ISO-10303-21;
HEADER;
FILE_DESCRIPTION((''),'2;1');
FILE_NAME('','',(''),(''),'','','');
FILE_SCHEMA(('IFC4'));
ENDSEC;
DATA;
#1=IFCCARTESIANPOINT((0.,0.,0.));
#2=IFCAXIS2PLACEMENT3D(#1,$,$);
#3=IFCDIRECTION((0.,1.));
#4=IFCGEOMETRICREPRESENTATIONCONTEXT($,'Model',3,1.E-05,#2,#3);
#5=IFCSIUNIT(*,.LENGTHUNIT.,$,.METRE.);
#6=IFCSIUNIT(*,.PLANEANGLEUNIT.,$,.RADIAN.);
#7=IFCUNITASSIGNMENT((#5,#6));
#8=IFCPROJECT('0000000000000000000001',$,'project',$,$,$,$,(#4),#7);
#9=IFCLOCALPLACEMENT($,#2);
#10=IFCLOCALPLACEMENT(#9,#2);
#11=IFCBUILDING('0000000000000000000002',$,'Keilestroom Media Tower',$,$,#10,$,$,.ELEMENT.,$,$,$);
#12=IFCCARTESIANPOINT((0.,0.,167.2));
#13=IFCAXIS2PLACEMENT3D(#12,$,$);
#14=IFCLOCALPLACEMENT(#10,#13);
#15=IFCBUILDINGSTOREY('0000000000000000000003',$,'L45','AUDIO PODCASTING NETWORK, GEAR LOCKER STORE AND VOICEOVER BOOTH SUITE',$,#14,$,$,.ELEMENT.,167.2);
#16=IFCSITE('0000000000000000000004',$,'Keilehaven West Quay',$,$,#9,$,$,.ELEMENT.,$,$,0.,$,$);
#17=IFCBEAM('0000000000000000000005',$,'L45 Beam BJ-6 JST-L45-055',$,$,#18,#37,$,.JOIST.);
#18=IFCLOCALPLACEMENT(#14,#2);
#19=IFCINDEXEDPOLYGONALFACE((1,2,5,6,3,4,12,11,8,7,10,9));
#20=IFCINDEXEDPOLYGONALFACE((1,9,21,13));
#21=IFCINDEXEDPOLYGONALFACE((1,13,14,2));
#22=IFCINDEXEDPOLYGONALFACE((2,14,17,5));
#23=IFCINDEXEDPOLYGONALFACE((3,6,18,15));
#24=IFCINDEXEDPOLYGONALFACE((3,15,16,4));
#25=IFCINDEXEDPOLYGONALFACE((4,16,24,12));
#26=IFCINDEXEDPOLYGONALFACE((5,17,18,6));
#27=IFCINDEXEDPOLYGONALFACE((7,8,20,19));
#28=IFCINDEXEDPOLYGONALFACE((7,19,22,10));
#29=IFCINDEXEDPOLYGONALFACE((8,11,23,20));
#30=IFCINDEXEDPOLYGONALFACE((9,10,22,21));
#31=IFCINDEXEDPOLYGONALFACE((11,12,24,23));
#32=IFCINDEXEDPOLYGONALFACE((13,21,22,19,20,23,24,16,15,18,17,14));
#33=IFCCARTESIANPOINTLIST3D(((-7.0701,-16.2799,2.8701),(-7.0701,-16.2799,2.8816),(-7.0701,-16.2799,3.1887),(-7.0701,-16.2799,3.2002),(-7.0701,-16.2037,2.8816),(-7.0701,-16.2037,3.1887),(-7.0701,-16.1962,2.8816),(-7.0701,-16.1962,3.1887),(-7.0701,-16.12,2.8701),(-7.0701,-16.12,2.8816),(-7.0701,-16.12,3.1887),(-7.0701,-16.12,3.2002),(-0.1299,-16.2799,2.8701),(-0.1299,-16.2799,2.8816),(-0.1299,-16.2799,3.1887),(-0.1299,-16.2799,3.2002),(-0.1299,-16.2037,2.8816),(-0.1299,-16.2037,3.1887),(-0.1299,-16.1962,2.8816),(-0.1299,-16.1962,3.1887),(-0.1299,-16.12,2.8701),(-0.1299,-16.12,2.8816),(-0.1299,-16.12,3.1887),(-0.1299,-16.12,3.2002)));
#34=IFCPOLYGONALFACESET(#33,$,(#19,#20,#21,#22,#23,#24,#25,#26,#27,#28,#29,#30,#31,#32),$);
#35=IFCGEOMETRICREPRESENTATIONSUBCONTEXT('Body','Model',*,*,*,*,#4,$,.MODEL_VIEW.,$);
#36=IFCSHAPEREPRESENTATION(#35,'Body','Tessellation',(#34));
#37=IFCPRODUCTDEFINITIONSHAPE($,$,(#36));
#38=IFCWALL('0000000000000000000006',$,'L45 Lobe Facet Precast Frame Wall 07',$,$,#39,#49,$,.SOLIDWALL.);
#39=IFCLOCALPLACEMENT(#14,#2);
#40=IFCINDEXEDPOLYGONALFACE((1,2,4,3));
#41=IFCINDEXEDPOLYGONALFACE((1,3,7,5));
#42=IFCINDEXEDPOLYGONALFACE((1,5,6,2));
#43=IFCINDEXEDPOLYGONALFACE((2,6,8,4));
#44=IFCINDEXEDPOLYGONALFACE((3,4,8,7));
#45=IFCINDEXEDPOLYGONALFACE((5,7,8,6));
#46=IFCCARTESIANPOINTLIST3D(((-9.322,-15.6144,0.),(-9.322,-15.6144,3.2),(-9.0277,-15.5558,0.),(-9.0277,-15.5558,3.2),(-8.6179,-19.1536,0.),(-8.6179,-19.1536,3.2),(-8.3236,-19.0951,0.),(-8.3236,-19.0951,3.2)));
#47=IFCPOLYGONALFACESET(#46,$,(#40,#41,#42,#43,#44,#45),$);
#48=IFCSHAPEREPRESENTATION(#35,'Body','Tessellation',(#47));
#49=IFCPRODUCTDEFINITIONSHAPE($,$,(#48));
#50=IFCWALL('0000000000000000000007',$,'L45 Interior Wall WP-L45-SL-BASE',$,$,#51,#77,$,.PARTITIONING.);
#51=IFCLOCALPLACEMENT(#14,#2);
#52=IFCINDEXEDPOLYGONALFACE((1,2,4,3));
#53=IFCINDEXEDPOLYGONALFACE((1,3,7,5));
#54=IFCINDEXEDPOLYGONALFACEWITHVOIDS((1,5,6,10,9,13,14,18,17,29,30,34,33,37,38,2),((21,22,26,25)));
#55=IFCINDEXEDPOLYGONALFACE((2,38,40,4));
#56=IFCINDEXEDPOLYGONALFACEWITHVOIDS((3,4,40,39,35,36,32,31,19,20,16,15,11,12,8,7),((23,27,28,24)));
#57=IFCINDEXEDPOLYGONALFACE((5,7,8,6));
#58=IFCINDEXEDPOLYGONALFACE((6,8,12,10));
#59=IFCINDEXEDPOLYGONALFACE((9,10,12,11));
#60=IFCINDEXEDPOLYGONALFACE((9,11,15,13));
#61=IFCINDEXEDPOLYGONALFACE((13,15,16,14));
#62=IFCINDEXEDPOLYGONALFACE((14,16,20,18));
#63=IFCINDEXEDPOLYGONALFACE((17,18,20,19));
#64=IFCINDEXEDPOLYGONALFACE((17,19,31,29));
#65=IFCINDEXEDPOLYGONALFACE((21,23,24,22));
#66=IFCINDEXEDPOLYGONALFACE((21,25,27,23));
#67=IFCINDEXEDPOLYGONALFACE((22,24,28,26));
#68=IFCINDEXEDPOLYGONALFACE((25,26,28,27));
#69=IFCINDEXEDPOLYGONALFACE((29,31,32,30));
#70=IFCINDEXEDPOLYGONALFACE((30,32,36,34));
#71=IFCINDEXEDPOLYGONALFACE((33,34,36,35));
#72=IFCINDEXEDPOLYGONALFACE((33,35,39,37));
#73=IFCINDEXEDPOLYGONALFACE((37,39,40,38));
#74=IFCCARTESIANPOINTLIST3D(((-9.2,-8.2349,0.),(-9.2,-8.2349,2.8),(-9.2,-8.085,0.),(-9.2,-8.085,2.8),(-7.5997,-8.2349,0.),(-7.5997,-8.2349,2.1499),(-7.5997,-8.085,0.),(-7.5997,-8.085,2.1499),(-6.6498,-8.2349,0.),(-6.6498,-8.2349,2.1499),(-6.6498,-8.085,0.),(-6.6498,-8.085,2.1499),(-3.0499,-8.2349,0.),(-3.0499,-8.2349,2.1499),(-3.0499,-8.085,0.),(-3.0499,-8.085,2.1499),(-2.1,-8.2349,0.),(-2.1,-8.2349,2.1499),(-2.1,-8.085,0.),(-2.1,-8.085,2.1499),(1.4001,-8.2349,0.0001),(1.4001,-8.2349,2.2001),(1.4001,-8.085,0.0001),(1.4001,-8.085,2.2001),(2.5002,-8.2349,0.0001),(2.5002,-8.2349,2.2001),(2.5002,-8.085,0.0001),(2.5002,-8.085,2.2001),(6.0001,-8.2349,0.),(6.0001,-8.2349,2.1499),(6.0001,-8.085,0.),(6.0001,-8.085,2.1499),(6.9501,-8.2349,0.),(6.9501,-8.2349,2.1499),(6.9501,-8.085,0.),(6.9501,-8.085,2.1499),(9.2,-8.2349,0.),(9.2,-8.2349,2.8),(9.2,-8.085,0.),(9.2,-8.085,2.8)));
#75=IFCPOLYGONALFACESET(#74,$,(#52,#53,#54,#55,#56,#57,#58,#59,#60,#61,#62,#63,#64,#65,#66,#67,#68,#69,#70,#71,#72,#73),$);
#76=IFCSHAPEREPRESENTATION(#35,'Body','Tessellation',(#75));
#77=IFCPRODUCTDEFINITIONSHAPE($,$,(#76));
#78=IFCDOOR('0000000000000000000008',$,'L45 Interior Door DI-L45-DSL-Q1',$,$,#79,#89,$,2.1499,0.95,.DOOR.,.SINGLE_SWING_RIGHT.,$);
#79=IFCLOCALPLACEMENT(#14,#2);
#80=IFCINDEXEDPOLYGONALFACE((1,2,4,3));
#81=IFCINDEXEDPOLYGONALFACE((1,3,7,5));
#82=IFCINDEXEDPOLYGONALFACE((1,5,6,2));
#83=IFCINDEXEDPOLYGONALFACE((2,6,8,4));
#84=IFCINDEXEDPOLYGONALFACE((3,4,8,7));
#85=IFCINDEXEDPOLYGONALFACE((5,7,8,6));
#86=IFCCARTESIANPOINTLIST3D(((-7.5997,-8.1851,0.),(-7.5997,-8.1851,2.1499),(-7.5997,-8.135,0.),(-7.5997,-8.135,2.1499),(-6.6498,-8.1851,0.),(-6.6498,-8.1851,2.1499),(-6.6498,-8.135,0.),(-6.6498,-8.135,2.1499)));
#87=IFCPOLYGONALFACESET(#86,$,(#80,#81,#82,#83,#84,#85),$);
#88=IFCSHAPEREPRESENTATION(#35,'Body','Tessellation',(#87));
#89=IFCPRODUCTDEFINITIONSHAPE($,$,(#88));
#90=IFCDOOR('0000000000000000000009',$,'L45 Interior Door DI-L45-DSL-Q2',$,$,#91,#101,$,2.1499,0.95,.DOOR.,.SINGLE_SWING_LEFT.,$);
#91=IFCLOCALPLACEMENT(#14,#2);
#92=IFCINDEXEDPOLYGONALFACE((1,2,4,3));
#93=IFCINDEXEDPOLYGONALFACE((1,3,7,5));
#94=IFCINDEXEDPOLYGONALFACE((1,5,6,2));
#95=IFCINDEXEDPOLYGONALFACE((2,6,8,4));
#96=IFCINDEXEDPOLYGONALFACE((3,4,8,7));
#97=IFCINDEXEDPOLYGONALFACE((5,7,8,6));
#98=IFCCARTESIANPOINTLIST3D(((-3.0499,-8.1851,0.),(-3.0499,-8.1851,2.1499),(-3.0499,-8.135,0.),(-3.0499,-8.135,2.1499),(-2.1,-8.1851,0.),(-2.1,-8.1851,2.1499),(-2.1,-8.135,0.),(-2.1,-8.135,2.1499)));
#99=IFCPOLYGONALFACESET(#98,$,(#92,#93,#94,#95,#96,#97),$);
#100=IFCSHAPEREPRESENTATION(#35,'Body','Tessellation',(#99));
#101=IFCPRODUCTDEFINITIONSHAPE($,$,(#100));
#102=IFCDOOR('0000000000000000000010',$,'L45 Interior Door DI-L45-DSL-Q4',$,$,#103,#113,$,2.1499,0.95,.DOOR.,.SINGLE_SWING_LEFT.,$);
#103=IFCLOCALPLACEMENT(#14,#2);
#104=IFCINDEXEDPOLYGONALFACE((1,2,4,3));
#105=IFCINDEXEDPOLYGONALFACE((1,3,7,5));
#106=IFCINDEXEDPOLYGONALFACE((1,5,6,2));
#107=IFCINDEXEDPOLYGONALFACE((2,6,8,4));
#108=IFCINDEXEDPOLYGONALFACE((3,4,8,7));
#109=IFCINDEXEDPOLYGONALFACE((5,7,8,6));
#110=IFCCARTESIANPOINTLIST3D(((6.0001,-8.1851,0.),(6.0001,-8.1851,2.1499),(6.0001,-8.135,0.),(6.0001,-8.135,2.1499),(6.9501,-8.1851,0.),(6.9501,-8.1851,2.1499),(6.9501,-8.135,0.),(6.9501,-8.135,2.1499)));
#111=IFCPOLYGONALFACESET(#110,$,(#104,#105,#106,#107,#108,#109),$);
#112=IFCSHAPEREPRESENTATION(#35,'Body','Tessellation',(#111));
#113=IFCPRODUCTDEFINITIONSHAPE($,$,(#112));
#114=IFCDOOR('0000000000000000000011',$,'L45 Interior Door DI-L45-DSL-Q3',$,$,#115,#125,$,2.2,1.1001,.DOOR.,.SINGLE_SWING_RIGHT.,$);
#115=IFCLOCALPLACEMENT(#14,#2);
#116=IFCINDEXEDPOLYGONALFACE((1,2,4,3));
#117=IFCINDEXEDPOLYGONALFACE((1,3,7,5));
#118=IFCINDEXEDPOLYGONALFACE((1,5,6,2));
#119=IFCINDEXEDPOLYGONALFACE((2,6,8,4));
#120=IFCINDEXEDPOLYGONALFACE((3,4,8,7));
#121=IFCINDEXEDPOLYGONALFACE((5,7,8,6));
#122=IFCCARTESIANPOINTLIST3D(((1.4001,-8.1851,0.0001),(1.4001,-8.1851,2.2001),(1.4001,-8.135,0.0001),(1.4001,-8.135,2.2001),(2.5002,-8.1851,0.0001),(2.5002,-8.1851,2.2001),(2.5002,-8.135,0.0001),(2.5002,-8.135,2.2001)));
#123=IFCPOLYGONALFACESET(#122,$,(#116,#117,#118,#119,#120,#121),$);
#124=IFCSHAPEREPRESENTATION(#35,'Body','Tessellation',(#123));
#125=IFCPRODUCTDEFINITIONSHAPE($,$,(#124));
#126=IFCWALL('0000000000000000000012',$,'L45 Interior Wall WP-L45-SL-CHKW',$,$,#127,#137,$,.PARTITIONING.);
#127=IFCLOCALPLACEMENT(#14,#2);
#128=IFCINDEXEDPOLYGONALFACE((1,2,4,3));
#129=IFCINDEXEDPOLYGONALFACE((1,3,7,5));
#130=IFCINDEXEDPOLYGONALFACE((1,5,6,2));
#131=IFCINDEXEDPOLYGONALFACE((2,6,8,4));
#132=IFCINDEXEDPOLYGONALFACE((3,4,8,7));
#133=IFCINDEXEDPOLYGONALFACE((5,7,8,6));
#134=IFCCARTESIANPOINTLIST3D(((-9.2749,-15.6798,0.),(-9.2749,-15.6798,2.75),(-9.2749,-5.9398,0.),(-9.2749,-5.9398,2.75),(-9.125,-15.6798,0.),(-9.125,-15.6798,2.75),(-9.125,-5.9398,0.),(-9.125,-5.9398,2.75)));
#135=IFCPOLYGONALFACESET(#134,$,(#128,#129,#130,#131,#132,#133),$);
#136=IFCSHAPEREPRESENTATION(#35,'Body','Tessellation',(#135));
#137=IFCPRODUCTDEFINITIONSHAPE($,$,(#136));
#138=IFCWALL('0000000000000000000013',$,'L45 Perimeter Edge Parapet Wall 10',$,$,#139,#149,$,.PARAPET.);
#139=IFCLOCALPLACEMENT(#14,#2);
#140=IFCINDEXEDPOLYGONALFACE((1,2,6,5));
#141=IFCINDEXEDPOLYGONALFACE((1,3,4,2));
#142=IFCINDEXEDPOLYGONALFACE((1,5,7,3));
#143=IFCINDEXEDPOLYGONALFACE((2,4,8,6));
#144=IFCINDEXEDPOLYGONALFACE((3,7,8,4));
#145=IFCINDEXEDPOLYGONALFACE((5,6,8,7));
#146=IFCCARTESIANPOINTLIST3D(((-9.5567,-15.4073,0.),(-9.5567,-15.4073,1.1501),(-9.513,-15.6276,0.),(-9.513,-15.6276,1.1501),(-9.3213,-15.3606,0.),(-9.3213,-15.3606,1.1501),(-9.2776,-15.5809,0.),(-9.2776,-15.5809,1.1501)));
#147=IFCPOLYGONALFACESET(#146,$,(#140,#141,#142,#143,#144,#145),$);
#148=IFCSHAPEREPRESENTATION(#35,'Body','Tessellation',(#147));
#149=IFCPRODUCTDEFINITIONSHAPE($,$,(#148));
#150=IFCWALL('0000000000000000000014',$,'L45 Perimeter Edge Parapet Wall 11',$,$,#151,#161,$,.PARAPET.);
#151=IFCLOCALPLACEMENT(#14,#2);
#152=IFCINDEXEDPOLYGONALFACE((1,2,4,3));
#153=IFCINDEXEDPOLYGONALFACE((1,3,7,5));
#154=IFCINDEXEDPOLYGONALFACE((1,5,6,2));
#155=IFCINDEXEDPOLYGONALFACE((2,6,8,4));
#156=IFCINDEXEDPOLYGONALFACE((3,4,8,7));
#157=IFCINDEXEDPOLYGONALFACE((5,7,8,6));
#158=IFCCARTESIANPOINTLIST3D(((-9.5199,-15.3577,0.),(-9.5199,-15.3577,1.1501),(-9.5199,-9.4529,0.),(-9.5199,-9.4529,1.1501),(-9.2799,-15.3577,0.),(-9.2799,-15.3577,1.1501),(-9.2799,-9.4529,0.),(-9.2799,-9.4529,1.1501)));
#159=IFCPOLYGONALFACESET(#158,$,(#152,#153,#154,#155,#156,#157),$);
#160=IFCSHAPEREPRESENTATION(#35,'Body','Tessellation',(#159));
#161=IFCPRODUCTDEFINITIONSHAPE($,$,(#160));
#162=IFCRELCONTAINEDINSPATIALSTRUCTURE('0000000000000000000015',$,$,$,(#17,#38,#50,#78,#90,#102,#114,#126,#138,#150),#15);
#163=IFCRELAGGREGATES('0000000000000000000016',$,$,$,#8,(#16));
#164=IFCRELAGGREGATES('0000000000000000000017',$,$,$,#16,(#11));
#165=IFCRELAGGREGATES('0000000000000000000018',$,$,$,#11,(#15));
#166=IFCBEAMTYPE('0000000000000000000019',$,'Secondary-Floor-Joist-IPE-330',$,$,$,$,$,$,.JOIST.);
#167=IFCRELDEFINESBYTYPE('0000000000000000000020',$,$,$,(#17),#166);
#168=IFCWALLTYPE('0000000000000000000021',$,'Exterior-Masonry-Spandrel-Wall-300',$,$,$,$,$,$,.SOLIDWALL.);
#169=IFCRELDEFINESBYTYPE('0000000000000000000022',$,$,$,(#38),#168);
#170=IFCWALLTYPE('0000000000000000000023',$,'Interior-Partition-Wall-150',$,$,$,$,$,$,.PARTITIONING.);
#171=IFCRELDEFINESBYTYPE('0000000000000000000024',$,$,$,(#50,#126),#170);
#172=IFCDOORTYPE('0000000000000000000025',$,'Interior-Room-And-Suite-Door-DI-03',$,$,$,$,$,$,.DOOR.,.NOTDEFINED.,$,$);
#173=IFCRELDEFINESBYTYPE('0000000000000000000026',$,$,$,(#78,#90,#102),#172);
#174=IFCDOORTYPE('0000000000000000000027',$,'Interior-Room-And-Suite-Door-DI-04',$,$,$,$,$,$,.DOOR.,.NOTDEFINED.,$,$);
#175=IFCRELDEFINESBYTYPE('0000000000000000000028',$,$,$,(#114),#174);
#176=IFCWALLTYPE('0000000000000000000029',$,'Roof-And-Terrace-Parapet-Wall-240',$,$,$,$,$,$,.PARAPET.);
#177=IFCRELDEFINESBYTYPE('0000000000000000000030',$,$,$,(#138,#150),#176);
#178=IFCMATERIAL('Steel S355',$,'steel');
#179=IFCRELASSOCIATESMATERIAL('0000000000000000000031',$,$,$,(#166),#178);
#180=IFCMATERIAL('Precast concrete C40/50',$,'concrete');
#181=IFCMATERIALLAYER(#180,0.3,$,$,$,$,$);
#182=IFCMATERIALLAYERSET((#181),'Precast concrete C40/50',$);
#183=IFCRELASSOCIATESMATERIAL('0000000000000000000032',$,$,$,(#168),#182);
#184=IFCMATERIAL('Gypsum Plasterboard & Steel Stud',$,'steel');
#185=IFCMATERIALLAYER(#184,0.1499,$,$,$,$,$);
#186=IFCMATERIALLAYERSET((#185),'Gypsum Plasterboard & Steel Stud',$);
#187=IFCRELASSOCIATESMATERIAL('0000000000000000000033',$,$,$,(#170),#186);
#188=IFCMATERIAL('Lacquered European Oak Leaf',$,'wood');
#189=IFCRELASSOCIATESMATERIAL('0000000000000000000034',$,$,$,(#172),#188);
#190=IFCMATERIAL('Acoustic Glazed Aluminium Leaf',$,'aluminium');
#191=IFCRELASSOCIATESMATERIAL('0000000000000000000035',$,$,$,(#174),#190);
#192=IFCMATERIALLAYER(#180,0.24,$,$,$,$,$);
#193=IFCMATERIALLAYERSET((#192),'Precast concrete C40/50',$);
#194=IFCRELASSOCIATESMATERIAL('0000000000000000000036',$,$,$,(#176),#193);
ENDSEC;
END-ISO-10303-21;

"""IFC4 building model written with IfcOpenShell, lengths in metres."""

from ifc_helpers import new_model, si_unit, direction, frame, frame_2d, origin, origin_2d, place, context, subcontext, project, spatial, rectangle, i_section, extrude, source, transform, mapped, material, layer, layer_set, material_profile, profile_set, type_object, element, fill, save


model = new_model("IFC4")

# Units and contexts
model_context = context("Model", 3, precision=1e-05, world=origin(), true_north=direction((0.0, 1.0)))
body_context = subcontext(model_context, "Body", "Model", "MODEL_VIEW")
ifc_project = project(units=[si_unit("LENGTHUNIT", "METRE"), si_unit("PLANEANGLEUNIT", "RADIAN")], contexts=[model_context])

# Site, building, storey
site_placement = place(None, origin())
site = spatial("IfcSite", under=ifc_project, at=site_placement, Name="Keilehaven West Quay", CompositionType="ELEMENT", RefElevation=0.0)
building_placement = place(site_placement, origin())
building = spatial("IfcBuilding", under=site, at=building_placement, Name="Keilestroom Media Tower", CompositionType="ELEMENT")
storey_placement = place(building_placement, frame((0.0, 0.0, 167.2)))
storey = spatial("IfcBuildingStorey", under=building, at=storey_placement, Name="L45", Description="AUDIO PODCASTING NETWORK, GEAR LOCKER STORE AND VOICEOVER BOOTH SUITE", CompositionType="ELEMENT", Elevation=167.2)

# Shared definitions
ifc_material_1 = material(Name="Precast concrete C40/50", Category="concrete")
ifc_material_2 = material(Name="Steel S355", Category="steel")

# Beam
ifc_material_profile_1 = material_profile(ifc_material_2, i_section(OverallWidth=0.1599, OverallDepth=0.3301, WebThickness=0.0076, FlangeThickness=0.0115, at=origin_2d()), Name="IPE 330")
ifc_profile_set_1 = profile_set([ifc_material_profile_1], Name="Steel S355")
beam_type_1 = type_object("IfcBeamType", Name="Secondary-Floor-Joist-IPE-330", PredefinedType="JOIST", material=ifc_profile_set_1)
shared_shape_1 = source(origin(), body_context, "Body", "SweptSolid", [
    extrude(i_section(OverallWidth=0.1599, OverallDepth=0.3301, WebThickness=0.0076, FlangeThickness=0.0115, at=origin_2d()), origin(), (0.0, 0.0, 1.0), 6.9402),
])
beam_1_placement = place(storey_placement, frame((-7.0701, -16.2, 3.0352), z_axis=(1.0, 0.0, 0.0), x_axis=(0.0, 1.0, 0.0)))
element("IfcBeam", 1, at=beam_1_placement, inside=storey, type_object=beam_type_1, Name="L45 Beam BJ-6 JST-L45-055", PredefinedType="JOIST", context=body_context, shape_type="MappedRepresentation", body=[
    mapped(shared_shape_1, transform((0.0, 0.0, 0.0), x_axis=(1.0, 0.0, 0.0), y_axis=(0.0, 1.0, 0.0), z_axis=(0.0, 0.0, 1.0), scale=1.0)),
])

# Wall
ifc_layer_1 = layer(ifc_material_1, 0.3)
ifc_layer_set_1 = layer_set([ifc_layer_1], Name="Precast concrete C40/50")
wall_type_1 = type_object("IfcWallType", Name="Exterior-Masonry-Spandrel-Wall-300", PredefinedType="SOLIDWALL", material=ifc_layer_set_1)
wall_1_placement = place(storey_placement, frame((-9.1748, -15.5852, 0.0), z_axis=(0.0, 0.0, 1.0), x_axis=(0.195114, -0.980781, 0.0)))
element("IfcWall", 2, at=wall_1_placement, inside=storey, type_object=wall_type_1, Name="L45 Lobe Facet Precast Frame Wall 07", PredefinedType="SOLIDWALL", context=body_context, shape_type="SweptSolid", body=[
    extrude(rectangle(XDim=3.6086, YDim=0.3, at=frame_2d((1.8042, 0.0))), origin(), (0.0, 0.0, 1.0), 3.2),
])

# Wall, openings, doors
ifc_material_3 = material(Name="Gypsum Plasterboard & Steel Stud", Category="steel")
ifc_layer_2 = layer(ifc_material_3, 0.1499)
ifc_layer_set_2 = layer_set([ifc_layer_2], Name="Gypsum Plasterboard & Steel Stud")
wall_type_2 = type_object("IfcWallType", Name="Interior-Partition-Wall-150", PredefinedType="PARTITIONING", material=ifc_layer_set_2)
wall_2_placement = place(storey_placement, frame((-9.2, -8.1599, 0.0), z_axis=(0.0, 0.0, 1.0), x_axis=(1.0, 0.0, 0.0)))
wall_2 = element("IfcWall", 3, at=wall_2_placement, inside=storey, type_object=wall_type_2, Name="L45 Interior Wall WP-L45-SL-BASE", PredefinedType="PARTITIONING", context=body_context, shape_type="SweptSolid", body=[
    extrude(rectangle(XDim=18.3999, YDim=0.1499, at=frame_2d((9.2, 0.0))), origin(), (0.0, 0.0, 1.0), 2.8),
])
opening_1_placement = place(wall_2_placement, frame((1.6001, 0.0, 0.0)))
opening_1 = element("IfcOpeningElement", 4, at=opening_1_placement, cuts=wall_2, PredefinedType="OPENING", context=body_context, shape_type="SweptSolid", body=[
    extrude(rectangle(XDim=0.95, YDim=2.1499, at=frame_2d((0.4751, 1.075))), frame((0.0, 0.085, 0.0), z_axis=(0.0, -1.0, 0.0), x_axis=(1.0, 0.0, 0.0)), (0.0, 0.0, 1.0), 0.1699),
])
opening_2_placement = place(wall_2_placement, frame((6.1499, 0.0, 0.0)))
opening_2 = element("IfcOpeningElement", 5, at=opening_2_placement, cuts=wall_2, PredefinedType="OPENING", context=body_context, shape_type="SweptSolid", body=[
    extrude(rectangle(XDim=0.95, YDim=2.1499, at=frame_2d((0.4751, 1.075))), frame((0.0, 0.085, 0.0), z_axis=(0.0, -1.0, 0.0), x_axis=(1.0, 0.0, 0.0)), (0.0, 0.0, 1.0), 0.1699),
])
opening_3_placement = place(wall_2_placement, frame((10.6001, 0.0, 0.0)))
opening_3 = element("IfcOpeningElement", 6, at=opening_3_placement, cuts=wall_2, PredefinedType="OPENING", context=body_context, shape_type="SweptSolid", body=[
    extrude(rectangle(XDim=1.1001, YDim=2.2, at=frame_2d((0.55, 1.1001))), frame((0.0, 0.085, 0.0), z_axis=(0.0, -1.0, 0.0), x_axis=(1.0, 0.0, 0.0)), (0.0, 0.0, 1.0), 0.1699),
])
opening_4_placement = place(wall_2_placement, frame((15.2, 0.0, 0.0)))
opening_4 = element("IfcOpeningElement", 7, at=opening_4_placement, cuts=wall_2, PredefinedType="OPENING", context=body_context, shape_type="SweptSolid", body=[
    extrude(rectangle(XDim=0.95, YDim=2.1499, at=frame_2d((0.4751, 1.075))), frame((0.0, 0.085, 0.0), z_axis=(0.0, -1.0, 0.0), x_axis=(1.0, 0.0, 0.0)), (0.0, 0.0, 1.0), 0.1699),
])
ifc_material_4 = material(Name="Lacquered European Oak Leaf", Category="wood")
door_type_1 = type_object("IfcDoorType", Name="Interior-Room-And-Suite-Door-DI-03", OperationType="NOTDEFINED", PredefinedType="DOOR", material=ifc_material_4)
shared_shape_2 = source(origin(), body_context, "Body", "SweptSolid", [
    extrude(rectangle(XDim=0.95, YDim=2.1499, at=frame_2d((0.4751, 1.075))), frame((0.0, 0.0249, 0.0), z_axis=(0.0, -1.0, 0.0), x_axis=(1.0, 0.0, 0.0)), (0.0, 0.0, 1.0), 0.05),
])
door_1_placement = place(opening_1_placement, origin())
door_1 = element("IfcDoor", 8, at=door_1_placement, inside=storey, type_object=door_type_1, Name="L45 Interior Door DI-L45-DSL-Q1", OperationType="SINGLE_SWING_RIGHT", OverallHeight=2.1499, OverallWidth=0.95, PredefinedType="DOOR", context=body_context, shape_type="MappedRepresentation", body=[
    mapped(shared_shape_2, transform((0.0, 0.0, 0.0), x_axis=(1.0, 0.0, 0.0), y_axis=(0.0, 1.0, 0.0), z_axis=(0.0, 0.0, 1.0), scale=1.0)),
])
fill(opening_1, door_1)
door_2_placement = place(opening_2_placement, origin())
door_2 = element("IfcDoor", 9, at=door_2_placement, inside=storey, type_object=door_type_1, Name="L45 Interior Door DI-L45-DSL-Q2", OperationType="SINGLE_SWING_LEFT", OverallHeight=2.1499, OverallWidth=0.95, PredefinedType="DOOR", context=body_context, shape_type="MappedRepresentation", body=[
    mapped(shared_shape_2, transform((0.0, 0.0, 0.0), x_axis=(1.0, 0.0, 0.0), y_axis=(0.0, 1.0, 0.0), z_axis=(0.0, 0.0, 1.0), scale=1.0)),
])
fill(opening_2, door_2)
door_3_placement = place(opening_4_placement, origin())
door_3 = element("IfcDoor", 10, at=door_3_placement, inside=storey, type_object=door_type_1, Name="L45 Interior Door DI-L45-DSL-Q4", OperationType="SINGLE_SWING_LEFT", OverallHeight=2.1499, OverallWidth=0.95, PredefinedType="DOOR", context=body_context, shape_type="MappedRepresentation", body=[
    mapped(shared_shape_2, transform((0.0, 0.0, 0.0), x_axis=(1.0, 0.0, 0.0), y_axis=(0.0, 1.0, 0.0), z_axis=(0.0, 0.0, 1.0), scale=1.0)),
])
fill(opening_4, door_3)
ifc_material_5 = material(Name="Acoustic Glazed Aluminium Leaf", Category="aluminium")
door_type_2 = type_object("IfcDoorType", Name="Interior-Room-And-Suite-Door-DI-04", OperationType="NOTDEFINED", PredefinedType="DOOR", material=ifc_material_5)
shared_shape_3 = source(origin(), body_context, "Body", "SweptSolid", [
    extrude(rectangle(XDim=1.1001, YDim=2.2, at=frame_2d((0.55, 1.1001))), frame((0.0, 0.0249, 0.0), z_axis=(0.0, -1.0, 0.0), x_axis=(1.0, 0.0, 0.0)), (0.0, 0.0, 1.0), 0.05),
])
door_4_placement = place(opening_3_placement, origin())
door_4 = element("IfcDoor", 11, at=door_4_placement, inside=storey, type_object=door_type_2, Name="L45 Interior Door DI-L45-DSL-Q3", OperationType="SINGLE_SWING_RIGHT", OverallHeight=2.2, OverallWidth=1.1001, PredefinedType="DOOR", context=body_context, shape_type="MappedRepresentation", body=[
    mapped(shared_shape_3, transform((0.0, 0.0, 0.0), x_axis=(1.0, 0.0, 0.0), y_axis=(0.0, 1.0, 0.0), z_axis=(0.0, 0.0, 1.0), scale=1.0)),
])
fill(opening_3, door_4)

# Walls
wall_3_placement = place(storey_placement, frame((-9.2, -15.6799, 0.0), z_axis=(0.0, 0.0, 1.0), x_axis=(0.0, 1.0, 0.0)))
element("IfcWall", 12, at=wall_3_placement, inside=storey, type_object=wall_type_2, Name="L45 Interior Wall WP-L45-SL-CHKW", PredefinedType="PARTITIONING", context=body_context, shape_type="SweptSolid", body=[
    extrude(rectangle(XDim=9.74, YDim=0.1499, at=frame_2d((4.8701, 0.0))), origin(), (0.0, 0.0, 1.0), 2.75),
])
ifc_layer_3 = layer(ifc_material_1, 0.24)
ifc_layer_set_3 = layer_set([ifc_layer_3], Name="Precast concrete C40/50")
wall_type_3 = type_object("IfcWallType", Name="Roof-And-Terrace-Parapet-Wall-240", PredefinedType="PARAPET", material=ifc_layer_set_3)
wall_4_placement = place(storey_placement, frame((-9.3953, -15.6042, 0.0), z_axis=(0.0, 0.0, 1.0), x_axis=(-0.194652, 0.980872, 0.0)))
element("IfcWall", 13, at=wall_4_placement, inside=storey, type_object=wall_type_3, Name="L45 Perimeter Edge Parapet Wall 10", PredefinedType="PARAPET", context=body_context, shape_type="SweptSolid", body=[
    extrude(rectangle(XDim=0.2246, YDim=0.24, at=frame_2d((0.1123, 0.0))), origin(), (0.0, 0.0, 1.0), 1.1501),
])
wall_5_placement = place(storey_placement, frame((-9.3999, -15.3577, 0.0), z_axis=(0.0, 0.0, 1.0), x_axis=(0.0, 1.0, 0.0)))
element("IfcWall", 14, at=wall_5_placement, inside=storey, type_object=wall_type_3, Name="L45 Perimeter Edge Parapet Wall 11", PredefinedType="PARAPET", context=body_context, shape_type="SweptSolid", body=[
    extrude(rectangle(XDim=5.9048, YDim=0.24, at=frame_2d((2.9524, 0.0))), origin(), (0.0, 0.0, 1.0), 1.1501),
])

save(model, "model.ifc")
